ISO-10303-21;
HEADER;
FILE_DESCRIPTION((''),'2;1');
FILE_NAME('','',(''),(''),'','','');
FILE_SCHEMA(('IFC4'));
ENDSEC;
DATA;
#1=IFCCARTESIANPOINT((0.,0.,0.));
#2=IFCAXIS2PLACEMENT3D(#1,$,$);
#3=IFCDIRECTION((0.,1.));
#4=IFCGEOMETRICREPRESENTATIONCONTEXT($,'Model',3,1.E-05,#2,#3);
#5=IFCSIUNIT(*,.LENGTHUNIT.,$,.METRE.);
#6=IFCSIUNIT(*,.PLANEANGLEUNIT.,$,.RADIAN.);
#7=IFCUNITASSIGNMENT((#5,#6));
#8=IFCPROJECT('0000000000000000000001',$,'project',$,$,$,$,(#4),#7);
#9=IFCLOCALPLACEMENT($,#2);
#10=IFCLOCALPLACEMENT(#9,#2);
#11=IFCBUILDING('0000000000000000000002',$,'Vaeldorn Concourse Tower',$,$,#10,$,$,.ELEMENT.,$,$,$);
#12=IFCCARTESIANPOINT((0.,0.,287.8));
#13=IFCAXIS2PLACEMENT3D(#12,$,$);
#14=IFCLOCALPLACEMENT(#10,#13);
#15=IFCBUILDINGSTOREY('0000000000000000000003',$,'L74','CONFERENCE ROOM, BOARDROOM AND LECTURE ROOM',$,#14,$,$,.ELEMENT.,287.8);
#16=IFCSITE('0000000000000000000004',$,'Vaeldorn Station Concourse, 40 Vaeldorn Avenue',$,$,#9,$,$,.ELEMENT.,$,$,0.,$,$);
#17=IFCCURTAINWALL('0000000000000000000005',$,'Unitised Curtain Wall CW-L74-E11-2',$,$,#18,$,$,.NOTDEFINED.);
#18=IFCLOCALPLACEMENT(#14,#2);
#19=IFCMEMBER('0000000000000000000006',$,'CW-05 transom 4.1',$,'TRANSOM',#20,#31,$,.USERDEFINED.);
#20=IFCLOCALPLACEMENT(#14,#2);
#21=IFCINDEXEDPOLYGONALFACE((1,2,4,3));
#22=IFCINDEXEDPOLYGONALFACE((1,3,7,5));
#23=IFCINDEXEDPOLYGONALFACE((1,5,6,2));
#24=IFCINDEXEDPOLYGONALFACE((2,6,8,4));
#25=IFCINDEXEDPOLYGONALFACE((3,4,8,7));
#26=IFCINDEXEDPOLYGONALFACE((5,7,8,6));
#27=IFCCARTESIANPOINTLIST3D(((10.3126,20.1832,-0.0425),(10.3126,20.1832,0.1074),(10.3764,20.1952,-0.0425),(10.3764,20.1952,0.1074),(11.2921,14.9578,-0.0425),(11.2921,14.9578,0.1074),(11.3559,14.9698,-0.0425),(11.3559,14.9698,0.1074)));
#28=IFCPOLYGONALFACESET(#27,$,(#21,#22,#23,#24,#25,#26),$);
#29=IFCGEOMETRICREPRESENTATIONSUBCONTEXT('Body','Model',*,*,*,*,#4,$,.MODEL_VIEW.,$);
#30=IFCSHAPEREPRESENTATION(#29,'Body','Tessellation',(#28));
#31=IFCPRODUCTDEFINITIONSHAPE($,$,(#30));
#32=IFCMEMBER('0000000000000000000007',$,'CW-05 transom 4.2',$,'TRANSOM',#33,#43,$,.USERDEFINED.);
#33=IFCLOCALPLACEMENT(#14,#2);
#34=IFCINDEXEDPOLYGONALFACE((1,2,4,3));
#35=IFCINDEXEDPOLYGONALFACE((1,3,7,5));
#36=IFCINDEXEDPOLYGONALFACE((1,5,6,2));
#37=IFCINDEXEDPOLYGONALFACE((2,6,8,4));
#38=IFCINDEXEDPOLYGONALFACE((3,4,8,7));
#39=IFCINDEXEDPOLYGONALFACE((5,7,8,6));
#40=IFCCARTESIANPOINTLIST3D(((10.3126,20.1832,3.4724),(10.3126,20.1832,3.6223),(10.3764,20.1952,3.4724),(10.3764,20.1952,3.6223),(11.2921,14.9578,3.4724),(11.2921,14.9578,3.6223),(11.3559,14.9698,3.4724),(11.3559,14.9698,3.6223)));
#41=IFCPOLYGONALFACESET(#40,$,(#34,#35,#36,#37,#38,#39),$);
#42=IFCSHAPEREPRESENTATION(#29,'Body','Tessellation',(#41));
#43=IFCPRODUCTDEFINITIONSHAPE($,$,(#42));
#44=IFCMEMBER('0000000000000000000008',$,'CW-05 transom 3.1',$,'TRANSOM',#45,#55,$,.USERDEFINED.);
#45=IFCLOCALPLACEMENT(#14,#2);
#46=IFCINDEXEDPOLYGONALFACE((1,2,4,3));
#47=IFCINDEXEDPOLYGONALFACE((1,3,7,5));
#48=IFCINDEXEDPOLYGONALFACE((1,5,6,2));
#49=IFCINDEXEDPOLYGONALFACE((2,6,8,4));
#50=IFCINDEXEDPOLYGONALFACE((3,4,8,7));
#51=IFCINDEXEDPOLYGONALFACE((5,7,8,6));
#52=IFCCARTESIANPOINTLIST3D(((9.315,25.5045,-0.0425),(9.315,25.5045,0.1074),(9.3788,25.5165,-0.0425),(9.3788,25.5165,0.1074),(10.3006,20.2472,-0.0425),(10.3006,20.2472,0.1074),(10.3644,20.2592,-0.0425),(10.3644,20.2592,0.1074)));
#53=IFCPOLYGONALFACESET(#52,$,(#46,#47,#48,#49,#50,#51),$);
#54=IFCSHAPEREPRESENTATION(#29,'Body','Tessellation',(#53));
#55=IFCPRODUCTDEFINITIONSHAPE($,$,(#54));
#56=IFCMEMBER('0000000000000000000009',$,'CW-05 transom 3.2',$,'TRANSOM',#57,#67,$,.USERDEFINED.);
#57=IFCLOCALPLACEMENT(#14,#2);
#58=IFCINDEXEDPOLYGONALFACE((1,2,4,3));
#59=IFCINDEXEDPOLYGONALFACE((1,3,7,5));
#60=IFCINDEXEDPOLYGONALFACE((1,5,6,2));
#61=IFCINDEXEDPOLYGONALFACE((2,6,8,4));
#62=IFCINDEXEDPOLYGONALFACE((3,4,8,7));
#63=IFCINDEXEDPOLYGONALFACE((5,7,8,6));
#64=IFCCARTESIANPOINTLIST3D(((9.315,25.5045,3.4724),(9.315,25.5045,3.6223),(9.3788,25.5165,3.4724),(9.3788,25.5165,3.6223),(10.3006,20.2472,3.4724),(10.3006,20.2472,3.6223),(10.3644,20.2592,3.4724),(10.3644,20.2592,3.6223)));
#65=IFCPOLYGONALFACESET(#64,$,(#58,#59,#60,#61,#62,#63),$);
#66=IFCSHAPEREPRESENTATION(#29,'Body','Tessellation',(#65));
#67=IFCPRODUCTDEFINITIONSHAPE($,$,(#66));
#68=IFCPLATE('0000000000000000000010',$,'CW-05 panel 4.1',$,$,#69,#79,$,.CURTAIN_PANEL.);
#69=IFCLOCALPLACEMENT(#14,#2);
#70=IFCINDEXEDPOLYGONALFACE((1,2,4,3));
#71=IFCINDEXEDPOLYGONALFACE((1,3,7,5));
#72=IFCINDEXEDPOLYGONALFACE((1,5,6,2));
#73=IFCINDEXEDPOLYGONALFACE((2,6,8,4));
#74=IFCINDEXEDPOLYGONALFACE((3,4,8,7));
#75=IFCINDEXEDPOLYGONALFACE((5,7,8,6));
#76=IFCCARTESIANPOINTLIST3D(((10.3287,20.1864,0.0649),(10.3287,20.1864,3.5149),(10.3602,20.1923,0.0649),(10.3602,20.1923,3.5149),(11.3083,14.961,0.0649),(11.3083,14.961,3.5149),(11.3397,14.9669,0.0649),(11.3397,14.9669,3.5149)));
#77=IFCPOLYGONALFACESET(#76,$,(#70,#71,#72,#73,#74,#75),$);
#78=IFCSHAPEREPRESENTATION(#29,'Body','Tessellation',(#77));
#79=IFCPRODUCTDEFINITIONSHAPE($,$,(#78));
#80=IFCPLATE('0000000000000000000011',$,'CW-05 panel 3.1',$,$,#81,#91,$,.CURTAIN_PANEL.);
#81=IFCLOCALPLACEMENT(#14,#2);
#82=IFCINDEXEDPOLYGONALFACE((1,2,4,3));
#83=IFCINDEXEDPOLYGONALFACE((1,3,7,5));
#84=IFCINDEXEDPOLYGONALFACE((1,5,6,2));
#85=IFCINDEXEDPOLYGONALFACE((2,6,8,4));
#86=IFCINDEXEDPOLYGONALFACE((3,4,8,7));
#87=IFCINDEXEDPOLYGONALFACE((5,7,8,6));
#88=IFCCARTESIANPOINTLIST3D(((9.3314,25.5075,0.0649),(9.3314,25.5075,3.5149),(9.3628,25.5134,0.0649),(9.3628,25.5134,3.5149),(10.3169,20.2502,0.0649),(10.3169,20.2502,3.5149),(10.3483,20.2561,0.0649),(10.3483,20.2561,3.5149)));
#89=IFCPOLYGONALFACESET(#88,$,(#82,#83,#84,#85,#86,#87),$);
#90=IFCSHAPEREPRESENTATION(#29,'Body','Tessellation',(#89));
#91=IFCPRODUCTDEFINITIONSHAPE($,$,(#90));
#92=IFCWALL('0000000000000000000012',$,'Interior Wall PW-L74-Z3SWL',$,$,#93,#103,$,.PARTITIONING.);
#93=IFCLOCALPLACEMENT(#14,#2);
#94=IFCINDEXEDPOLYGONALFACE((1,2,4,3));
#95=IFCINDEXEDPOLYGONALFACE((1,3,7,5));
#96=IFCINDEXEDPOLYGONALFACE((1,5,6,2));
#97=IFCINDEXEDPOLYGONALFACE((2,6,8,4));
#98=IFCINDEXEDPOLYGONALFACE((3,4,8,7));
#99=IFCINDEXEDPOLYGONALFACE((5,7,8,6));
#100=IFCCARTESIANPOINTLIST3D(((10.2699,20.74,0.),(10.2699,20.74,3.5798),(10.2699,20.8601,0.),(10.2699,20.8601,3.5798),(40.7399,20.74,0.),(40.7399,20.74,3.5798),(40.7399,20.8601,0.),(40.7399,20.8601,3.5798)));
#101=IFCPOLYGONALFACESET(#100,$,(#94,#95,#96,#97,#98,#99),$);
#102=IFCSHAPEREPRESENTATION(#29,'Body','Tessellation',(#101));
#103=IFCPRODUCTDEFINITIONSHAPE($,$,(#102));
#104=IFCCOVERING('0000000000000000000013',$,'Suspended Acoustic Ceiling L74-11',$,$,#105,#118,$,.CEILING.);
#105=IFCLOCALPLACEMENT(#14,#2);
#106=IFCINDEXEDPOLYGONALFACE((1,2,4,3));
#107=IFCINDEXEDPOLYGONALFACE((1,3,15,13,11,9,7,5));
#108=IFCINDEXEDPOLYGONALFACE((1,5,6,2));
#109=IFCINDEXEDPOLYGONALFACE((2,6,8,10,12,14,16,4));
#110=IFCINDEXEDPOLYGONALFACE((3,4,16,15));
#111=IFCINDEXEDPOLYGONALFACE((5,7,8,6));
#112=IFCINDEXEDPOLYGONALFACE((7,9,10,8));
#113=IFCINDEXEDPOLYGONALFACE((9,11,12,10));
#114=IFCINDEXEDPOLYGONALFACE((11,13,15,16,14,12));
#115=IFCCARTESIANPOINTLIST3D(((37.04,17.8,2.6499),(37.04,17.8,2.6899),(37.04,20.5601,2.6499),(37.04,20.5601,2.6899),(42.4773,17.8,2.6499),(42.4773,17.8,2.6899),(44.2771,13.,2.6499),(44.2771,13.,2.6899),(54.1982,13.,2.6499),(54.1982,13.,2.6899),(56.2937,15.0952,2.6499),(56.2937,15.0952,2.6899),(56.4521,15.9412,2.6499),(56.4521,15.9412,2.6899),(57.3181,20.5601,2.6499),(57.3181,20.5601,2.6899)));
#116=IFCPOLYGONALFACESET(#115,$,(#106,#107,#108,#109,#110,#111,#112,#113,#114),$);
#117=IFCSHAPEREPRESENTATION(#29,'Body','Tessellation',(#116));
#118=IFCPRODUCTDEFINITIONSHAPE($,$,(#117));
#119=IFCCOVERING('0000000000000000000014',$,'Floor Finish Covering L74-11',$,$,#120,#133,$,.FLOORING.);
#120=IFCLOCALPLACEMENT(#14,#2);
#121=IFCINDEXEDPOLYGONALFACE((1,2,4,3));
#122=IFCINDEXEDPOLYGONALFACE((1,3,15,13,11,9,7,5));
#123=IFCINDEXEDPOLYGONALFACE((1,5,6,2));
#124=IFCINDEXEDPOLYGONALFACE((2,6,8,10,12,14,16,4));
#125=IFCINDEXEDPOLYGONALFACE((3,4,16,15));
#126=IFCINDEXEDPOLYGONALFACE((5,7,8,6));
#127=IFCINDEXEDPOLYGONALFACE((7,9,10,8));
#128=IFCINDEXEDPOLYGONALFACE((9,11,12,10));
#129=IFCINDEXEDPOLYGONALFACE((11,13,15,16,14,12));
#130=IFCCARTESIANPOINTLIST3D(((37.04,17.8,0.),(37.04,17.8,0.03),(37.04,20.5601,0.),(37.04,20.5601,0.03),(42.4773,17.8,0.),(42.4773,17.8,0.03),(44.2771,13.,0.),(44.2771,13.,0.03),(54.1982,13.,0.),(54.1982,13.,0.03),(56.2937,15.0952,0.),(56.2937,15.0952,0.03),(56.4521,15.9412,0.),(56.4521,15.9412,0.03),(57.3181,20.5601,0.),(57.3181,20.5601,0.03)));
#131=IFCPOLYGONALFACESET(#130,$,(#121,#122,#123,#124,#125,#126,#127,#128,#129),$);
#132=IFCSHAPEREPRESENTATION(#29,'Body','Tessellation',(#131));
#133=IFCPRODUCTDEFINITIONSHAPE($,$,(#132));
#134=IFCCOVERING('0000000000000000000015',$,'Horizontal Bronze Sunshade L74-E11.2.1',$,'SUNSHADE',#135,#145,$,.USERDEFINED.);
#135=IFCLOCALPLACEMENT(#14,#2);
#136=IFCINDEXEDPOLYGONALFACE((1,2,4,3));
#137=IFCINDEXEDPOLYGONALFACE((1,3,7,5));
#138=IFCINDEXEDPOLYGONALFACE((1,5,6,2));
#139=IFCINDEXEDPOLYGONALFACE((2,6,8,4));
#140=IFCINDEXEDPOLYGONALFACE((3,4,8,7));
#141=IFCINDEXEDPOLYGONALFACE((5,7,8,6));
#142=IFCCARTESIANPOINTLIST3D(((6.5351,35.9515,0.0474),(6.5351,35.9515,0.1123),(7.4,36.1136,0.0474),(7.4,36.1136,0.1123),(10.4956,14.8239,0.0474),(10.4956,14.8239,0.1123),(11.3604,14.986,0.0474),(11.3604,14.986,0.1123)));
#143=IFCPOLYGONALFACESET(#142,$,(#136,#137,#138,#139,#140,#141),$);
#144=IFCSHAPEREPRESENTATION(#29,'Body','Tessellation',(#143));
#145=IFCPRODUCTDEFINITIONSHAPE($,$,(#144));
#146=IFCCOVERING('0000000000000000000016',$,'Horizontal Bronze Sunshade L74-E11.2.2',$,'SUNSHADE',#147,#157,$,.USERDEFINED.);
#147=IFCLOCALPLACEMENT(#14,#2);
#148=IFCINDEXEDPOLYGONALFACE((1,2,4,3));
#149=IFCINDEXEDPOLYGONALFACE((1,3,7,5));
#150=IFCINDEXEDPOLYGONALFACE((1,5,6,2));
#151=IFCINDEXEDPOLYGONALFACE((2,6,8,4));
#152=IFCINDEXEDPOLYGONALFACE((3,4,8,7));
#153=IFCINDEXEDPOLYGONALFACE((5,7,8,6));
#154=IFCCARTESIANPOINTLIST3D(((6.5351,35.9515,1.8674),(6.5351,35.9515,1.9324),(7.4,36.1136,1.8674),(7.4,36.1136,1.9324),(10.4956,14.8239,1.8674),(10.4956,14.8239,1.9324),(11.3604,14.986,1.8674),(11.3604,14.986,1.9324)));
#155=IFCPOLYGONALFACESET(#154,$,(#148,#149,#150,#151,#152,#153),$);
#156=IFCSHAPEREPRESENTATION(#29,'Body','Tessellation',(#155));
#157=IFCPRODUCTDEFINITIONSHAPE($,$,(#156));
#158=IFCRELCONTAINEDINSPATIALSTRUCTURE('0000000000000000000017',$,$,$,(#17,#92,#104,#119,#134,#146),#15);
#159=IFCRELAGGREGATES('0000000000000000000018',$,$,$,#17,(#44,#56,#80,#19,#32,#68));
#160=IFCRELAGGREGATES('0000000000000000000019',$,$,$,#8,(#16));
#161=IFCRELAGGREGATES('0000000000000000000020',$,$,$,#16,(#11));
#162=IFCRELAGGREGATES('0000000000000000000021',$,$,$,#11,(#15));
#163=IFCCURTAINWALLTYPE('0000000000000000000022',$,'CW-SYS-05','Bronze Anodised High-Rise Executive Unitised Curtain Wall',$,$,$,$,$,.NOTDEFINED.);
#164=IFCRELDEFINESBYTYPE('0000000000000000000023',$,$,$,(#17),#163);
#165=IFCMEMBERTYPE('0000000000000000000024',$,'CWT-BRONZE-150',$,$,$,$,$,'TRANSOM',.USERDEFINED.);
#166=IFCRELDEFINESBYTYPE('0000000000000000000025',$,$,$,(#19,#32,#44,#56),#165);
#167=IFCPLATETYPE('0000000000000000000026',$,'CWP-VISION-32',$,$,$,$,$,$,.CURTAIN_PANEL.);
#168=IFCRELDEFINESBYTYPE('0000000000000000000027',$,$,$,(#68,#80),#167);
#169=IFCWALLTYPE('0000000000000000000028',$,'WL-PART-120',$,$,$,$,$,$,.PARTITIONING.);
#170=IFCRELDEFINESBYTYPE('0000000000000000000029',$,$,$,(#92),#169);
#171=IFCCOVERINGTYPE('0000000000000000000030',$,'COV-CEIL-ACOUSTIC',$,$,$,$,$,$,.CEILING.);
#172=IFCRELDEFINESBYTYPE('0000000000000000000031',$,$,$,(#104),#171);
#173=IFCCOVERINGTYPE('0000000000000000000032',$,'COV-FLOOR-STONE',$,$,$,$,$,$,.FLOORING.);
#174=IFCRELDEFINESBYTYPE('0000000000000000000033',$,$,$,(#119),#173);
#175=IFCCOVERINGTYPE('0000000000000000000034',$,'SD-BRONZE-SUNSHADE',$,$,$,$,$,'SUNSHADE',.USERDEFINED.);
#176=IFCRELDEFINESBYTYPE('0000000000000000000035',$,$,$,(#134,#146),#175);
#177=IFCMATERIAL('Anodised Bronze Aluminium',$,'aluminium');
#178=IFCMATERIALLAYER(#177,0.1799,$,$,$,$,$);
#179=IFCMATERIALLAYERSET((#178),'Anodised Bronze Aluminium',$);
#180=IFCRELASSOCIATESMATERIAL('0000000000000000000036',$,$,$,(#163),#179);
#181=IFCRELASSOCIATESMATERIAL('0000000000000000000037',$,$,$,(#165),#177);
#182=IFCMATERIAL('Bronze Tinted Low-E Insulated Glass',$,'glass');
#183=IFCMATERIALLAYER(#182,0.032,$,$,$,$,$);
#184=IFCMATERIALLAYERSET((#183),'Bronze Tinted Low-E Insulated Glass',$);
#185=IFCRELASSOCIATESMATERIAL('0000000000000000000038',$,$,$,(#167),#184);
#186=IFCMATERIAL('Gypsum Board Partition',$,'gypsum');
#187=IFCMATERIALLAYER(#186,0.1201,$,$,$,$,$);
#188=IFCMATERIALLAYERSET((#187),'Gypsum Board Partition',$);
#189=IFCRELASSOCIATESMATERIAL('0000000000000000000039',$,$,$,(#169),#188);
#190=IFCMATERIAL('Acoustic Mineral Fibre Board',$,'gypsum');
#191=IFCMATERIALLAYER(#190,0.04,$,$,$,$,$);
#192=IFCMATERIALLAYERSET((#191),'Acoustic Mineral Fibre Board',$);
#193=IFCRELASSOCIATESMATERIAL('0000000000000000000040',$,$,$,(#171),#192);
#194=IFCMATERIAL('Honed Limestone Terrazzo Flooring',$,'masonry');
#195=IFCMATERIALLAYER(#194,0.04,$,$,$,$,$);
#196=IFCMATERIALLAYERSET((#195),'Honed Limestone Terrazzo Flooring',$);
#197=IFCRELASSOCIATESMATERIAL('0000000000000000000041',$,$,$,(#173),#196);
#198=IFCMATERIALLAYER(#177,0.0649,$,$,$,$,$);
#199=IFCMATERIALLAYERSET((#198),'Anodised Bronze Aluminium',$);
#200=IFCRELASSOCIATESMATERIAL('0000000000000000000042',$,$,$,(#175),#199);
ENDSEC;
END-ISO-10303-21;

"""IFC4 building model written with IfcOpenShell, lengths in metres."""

from ifc_helpers import new_model, si_unit, direction, frame, frame_2d, origin, origin_2d, place, context, subcontext, project, spatial, polyline, rectangle, outline, extrude, source, transform, mapped, material, layer, layer_set, material_profile, profile_set, type_object, element, aggregate, save


model = new_model("IFC4")

# Units and contexts
model_context = context("Model", 3, precision=1e-05, world=origin(), true_north=direction((0.0, 1.0)))
body_context = subcontext(model_context, "Body", "Model", "MODEL_VIEW")
ifc_project = project(units=[si_unit("LENGTHUNIT", "METRE"), si_unit("PLANEANGLEUNIT", "RADIAN")], contexts=[model_context])

# Site, building, storey
site_placement = place(None, origin())
site = spatial("IfcSite", under=ifc_project, at=site_placement, Name="Vaeldorn Station Concourse, 40 Vaeldorn Avenue", CompositionType="ELEMENT", RefElevation=0.0)
building_placement = place(site_placement, origin())
building = spatial("IfcBuilding", under=site, at=building_placement, Name="Vaeldorn Concourse Tower", CompositionType="ELEMENT")
storey_placement = place(building_placement, frame((0.0, 0.0, 287.8)))
storey = spatial("IfcBuildingStorey", under=building, at=storey_placement, Name="L74", Description="CONFERENCE ROOM, BOARDROOM AND LECTURE ROOM", CompositionType="ELEMENT", Elevation=287.8)

# Curtain wall
ifc_material_1 = material(Name="Anodised Bronze Aluminium", Category="aluminium")
ifc_layer_1 = layer(ifc_material_1, 0.1799)
ifc_layer_set_1 = layer_set([ifc_layer_1], Name="Anodised Bronze Aluminium")
curtain_wall_type = type_object("IfcCurtainWallType", Name="CW-SYS-05", Description="Bronze Anodised High-Rise Executive Unitised Curtain Wall", PredefinedType="NOTDEFINED", material=ifc_layer_set_1)
curtain_wall_1_placement = place(storey_placement, origin())
curtain_wall_1 = element("IfcCurtainWall", 1, at=curtain_wall_1_placement, inside=storey, type_object=curtain_wall_type, Name="Unitised Curtain Wall CW-L74-E11-2", PredefinedType="NOTDEFINED")
ifc_material_profile_1 = material_profile(ifc_material_1, rectangle(XDim=0.0649, YDim=0.1499, at=origin_2d()), Name="CWT 65x150")
ifc_profile_set_1 = profile_set([ifc_material_profile_1], Name="Anodised Bronze Aluminium")
member_type_1 = type_object("IfcMemberType", Name="CWT-BRONZE-150", ElementType="TRANSOM", PredefinedType="USERDEFINED", material=ifc_profile_set_1)

# Members
shared_shape_1 = source(origin(), body_context, "Body", "SweptSolid", [
    extrude(rectangle(XDim=0.0649, YDim=0.1499, at=origin_2d()), origin(), (0.0, 0.0, 1.0), 5.3164),
])
member_1_placement = place(storey_placement, frame((10.3445, 20.1892, 0.0325), z_axis=(0.184241, -0.982881, 0.0), x_axis=(0.982881, 0.184241, 0.0)))
member_1 = element("IfcMember", 2, at=member_1_placement, type_object=member_type_1, Name="CW-05 transom 4.1", ObjectType="TRANSOM", PredefinedType="USERDEFINED", context=body_context, shape_type="MappedRepresentation", body=[
    mapped(shared_shape_1, transform((0.0, 0.0, 0.0), scale=1.0)),
])
member_2_placement = place(storey_placement, frame((10.3445, 20.1892, 3.5474), z_axis=(0.184241, -0.982881, 0.0), x_axis=(0.982881, 0.184241, 0.0)))
member_2 = element("IfcMember", 3, at=member_2_placement, type_object=member_type_1, Name="CW-05 transom 4.2", ObjectType="TRANSOM", PredefinedType="USERDEFINED", context=body_context, shape_type="MappedRepresentation", body=[
    mapped(shared_shape_1, transform((0.0, 0.0, 0.0), scale=1.0)),
])
shared_shape_2 = source(origin(), body_context, "Body", "SweptSolid", [
    extrude(rectangle(XDim=0.0649, YDim=0.1499, at=origin_2d()), origin(), (0.0, 0.0, 1.0), 5.3489),
])
member_3_placement = place(storey_placement, frame((9.3469, 25.5105, 0.0325), z_axis=(0.184261, -0.982877, 0.0), x_axis=(0.982877, 0.184261, 0.0)))
member_3 = element("IfcMember", 4, at=member_3_placement, type_object=member_type_1, Name="CW-05 transom 3.1", ObjectType="TRANSOM", PredefinedType="USERDEFINED", context=body_context, shape_type="MappedRepresentation", body=[
    mapped(shared_shape_2, transform((0.0, 0.0, 0.0), scale=1.0)),
])
member_4_placement = place(storey_placement, frame((9.3469, 25.5105, 3.5474), z_axis=(0.184261, -0.982877, 0.0), x_axis=(0.982877, 0.184261, 0.0)))
member_4 = element("IfcMember", 5, at=member_4_placement, type_object=member_type_1, Name="CW-05 transom 3.2", ObjectType="TRANSOM", PredefinedType="USERDEFINED", context=body_context, shape_type="MappedRepresentation", body=[
    mapped(shared_shape_2, transform((0.0, 0.0, 0.0), scale=1.0)),
])

# Plates
ifc_material_2 = material(Name="Bronze Tinted Low-E Insulated Glass", Category="glass")
ifc_layer_2 = layer(ifc_material_2, 0.032)
ifc_layer_set_2 = layer_set([ifc_layer_2], Name="Bronze Tinted Low-E Insulated Glass")
plate_type = type_object("IfcPlateType", Name="CWP-VISION-32", PredefinedType="CURTAIN_PANEL", material=ifc_layer_set_2)
shared_shape_3 = source(origin(), body_context, "Body", "SweptSolid", [
    extrude(rectangle(XDim=5.3164, YDim=0.032, at=origin_2d()), origin(), (0.0, 0.0, 1.0), 3.45),
])
plate_1_placement = place(storey_placement, frame((10.8342, 17.5767, 0.0649), z_axis=(0.0, 0.0, 1.0), x_axis=(0.184247, -0.98288, 0.0)))
plate_1 = element("IfcPlate", 6, at=plate_1_placement, type_object=plate_type, Name="CW-05 panel 4.1", PredefinedType="CURTAIN_PANEL", context=body_context, shape_type="MappedRepresentation", body=[
    mapped(shared_shape_3, transform((0.0, 0.0, 0.0), scale=1.0)),
])
shared_shape_4 = source(origin(), body_context, "Body", "SweptSolid", [
    extrude(rectangle(XDim=5.3489, YDim=0.032, at=origin_2d()), origin(), (0.0, 0.0, 1.0), 3.45),
])
plate_2_placement = place(storey_placement, frame((9.8398, 22.8818, 0.0649), z_axis=(0.0, 0.0, 1.0), x_axis=(0.184247, -0.98288, 0.0)))
plate_2 = element("IfcPlate", 7, at=plate_2_placement, type_object=plate_type, Name="CW-05 panel 3.1", PredefinedType="CURTAIN_PANEL", context=body_context, shape_type="MappedRepresentation", body=[
    mapped(shared_shape_4, transform((0.0, 0.0, 0.0), scale=1.0)),
])
aggregate(curtain_wall_1, [member_3, member_4, plate_2, member_1, member_2, plate_1])

# Wall
ifc_material_3 = material(Name="Gypsum Board Partition", Category="gypsum")
ifc_layer_3 = layer(ifc_material_3, 0.1201)
ifc_layer_set_3 = layer_set([ifc_layer_3], Name="Gypsum Board Partition")
wall_type = type_object("IfcWallType", Name="WL-PART-120", PredefinedType="PARTITIONING", material=ifc_layer_set_3)
wall_placement = place(storey_placement, frame((10.27, 20.8, 0.0), z_axis=(0.0, 0.0, 1.0), x_axis=(1.0, 0.0, 0.0)))
element("IfcWall", 8, at=wall_placement, inside=storey, type_object=wall_type, Name="Interior Wall PW-L74-Z3SWL", PredefinedType="PARTITIONING", context=body_context, shape_type="SweptSolid", body=[
    extrude(rectangle(XDim=30.47, YDim=0.1201, at=frame_2d((15.2349, 0.0))), origin(), (0.0, 0.0, 1.0), 3.5798),
])

# Coverings
ifc_material_4 = material(Name="Acoustic Mineral Fibre Board", Category="gypsum")
ifc_layer_4 = layer(ifc_material_4, 0.04)
ifc_layer_set_4 = layer_set([ifc_layer_4], Name="Acoustic Mineral Fibre Board")
covering_type_1 = type_object("IfcCoveringType", Name="COV-CEIL-ACOUSTIC", PredefinedType="CEILING", material=ifc_layer_set_4)
covering_1_placement = place(storey_placement, frame((0.0, 0.0, 2.6499)))
element("IfcCovering", 9, at=covering_1_placement, inside=storey, type_object=covering_type_1, Name="Suspended Acoustic Ceiling L74-11", PredefinedType="CEILING", context=body_context, shape_type="SweptSolid", body=[
    extrude(outline(polyline([(37.04, 20.5601), (57.3181, 20.5601), (56.4521, 15.9412), (56.4521, 15.9412), (56.2937, 15.0952), (54.1982, 13.0), (44.2771, 13.0), (42.4773, 17.8), (37.04, 17.8), (37.04, 20.5601)])), origin(), (0.0, 0.0, 1.0), 0.04),
])
ifc_material_5 = material(Name="Honed Limestone Terrazzo Flooring", Category="masonry")
ifc_layer_5 = layer(ifc_material_5, 0.04)
ifc_layer_set_5 = layer_set([ifc_layer_5], Name="Honed Limestone Terrazzo Flooring")
covering_type_2 = type_object("IfcCoveringType", Name="COV-FLOOR-STONE", PredefinedType="FLOORING", material=ifc_layer_set_5)
covering_2_placement = place(storey_placement, origin())
element("IfcCovering", 10, at=covering_2_placement, inside=storey, type_object=covering_type_2, Name="Floor Finish Covering L74-11", PredefinedType="FLOORING", context=body_context, shape_type="SweptSolid", body=[
    extrude(outline(polyline([(37.04, 20.5601), (57.3181, 20.5601), (56.4521, 15.9412), (56.4521, 15.9412), (56.2937, 15.0952), (54.1982, 13.0), (44.2771, 13.0), (42.4773, 17.8), (37.04, 17.8), (37.04, 20.5601)])), origin(), (0.0, 0.0, 1.0), 0.03),
])
ifc_layer_6 = layer(ifc_material_1, 0.0649)
ifc_layer_set_6 = layer_set([ifc_layer_6], Name="Anodised Bronze Aluminium")
covering_type_3 = type_object("IfcCoveringType", Name="SD-BRONZE-SUNSHADE", ElementType="SUNSHADE", PredefinedType="USERDEFINED", material=ifc_layer_set_6)
shared_shape_5 = source(origin(), body_context, "Body", "SweptSolid", [
    extrude(rectangle(XDim=21.4956, YDim=0.8799, at=origin_2d()), origin(), (0.0, 0.0, 1.0), 0.0649),
])
for number, where, z_axis, x_axis, name in (
    (11, (8.9478, 25.4688, 0.0474), (0.0, 0.0, 1.0), (0.184243, -0.982881, 0.0), "Horizontal Bronze Sunshade L74-E11.2.1"),
    (12, (8.9478, 25.4688, 1.8674), (0.0, 0.0, 1.0), (0.184243, -0.982881, 0.0), "Horizontal Bronze Sunshade L74-E11.2.2"),
):
    element("IfcCovering", number, at=place(storey_placement, frame(where, z_axis=z_axis, x_axis=x_axis)), inside=storey, type_object=covering_type_3, Name=name, ObjectType="SUNSHADE", PredefinedType="USERDEFINED", context=body_context, shape_type="MappedRepresentation", body=[
        mapped(shared_shape_5, transform((0.0, 0.0, 0.0), scale=1.0)),
    ])

save(model, "model.ifc")
